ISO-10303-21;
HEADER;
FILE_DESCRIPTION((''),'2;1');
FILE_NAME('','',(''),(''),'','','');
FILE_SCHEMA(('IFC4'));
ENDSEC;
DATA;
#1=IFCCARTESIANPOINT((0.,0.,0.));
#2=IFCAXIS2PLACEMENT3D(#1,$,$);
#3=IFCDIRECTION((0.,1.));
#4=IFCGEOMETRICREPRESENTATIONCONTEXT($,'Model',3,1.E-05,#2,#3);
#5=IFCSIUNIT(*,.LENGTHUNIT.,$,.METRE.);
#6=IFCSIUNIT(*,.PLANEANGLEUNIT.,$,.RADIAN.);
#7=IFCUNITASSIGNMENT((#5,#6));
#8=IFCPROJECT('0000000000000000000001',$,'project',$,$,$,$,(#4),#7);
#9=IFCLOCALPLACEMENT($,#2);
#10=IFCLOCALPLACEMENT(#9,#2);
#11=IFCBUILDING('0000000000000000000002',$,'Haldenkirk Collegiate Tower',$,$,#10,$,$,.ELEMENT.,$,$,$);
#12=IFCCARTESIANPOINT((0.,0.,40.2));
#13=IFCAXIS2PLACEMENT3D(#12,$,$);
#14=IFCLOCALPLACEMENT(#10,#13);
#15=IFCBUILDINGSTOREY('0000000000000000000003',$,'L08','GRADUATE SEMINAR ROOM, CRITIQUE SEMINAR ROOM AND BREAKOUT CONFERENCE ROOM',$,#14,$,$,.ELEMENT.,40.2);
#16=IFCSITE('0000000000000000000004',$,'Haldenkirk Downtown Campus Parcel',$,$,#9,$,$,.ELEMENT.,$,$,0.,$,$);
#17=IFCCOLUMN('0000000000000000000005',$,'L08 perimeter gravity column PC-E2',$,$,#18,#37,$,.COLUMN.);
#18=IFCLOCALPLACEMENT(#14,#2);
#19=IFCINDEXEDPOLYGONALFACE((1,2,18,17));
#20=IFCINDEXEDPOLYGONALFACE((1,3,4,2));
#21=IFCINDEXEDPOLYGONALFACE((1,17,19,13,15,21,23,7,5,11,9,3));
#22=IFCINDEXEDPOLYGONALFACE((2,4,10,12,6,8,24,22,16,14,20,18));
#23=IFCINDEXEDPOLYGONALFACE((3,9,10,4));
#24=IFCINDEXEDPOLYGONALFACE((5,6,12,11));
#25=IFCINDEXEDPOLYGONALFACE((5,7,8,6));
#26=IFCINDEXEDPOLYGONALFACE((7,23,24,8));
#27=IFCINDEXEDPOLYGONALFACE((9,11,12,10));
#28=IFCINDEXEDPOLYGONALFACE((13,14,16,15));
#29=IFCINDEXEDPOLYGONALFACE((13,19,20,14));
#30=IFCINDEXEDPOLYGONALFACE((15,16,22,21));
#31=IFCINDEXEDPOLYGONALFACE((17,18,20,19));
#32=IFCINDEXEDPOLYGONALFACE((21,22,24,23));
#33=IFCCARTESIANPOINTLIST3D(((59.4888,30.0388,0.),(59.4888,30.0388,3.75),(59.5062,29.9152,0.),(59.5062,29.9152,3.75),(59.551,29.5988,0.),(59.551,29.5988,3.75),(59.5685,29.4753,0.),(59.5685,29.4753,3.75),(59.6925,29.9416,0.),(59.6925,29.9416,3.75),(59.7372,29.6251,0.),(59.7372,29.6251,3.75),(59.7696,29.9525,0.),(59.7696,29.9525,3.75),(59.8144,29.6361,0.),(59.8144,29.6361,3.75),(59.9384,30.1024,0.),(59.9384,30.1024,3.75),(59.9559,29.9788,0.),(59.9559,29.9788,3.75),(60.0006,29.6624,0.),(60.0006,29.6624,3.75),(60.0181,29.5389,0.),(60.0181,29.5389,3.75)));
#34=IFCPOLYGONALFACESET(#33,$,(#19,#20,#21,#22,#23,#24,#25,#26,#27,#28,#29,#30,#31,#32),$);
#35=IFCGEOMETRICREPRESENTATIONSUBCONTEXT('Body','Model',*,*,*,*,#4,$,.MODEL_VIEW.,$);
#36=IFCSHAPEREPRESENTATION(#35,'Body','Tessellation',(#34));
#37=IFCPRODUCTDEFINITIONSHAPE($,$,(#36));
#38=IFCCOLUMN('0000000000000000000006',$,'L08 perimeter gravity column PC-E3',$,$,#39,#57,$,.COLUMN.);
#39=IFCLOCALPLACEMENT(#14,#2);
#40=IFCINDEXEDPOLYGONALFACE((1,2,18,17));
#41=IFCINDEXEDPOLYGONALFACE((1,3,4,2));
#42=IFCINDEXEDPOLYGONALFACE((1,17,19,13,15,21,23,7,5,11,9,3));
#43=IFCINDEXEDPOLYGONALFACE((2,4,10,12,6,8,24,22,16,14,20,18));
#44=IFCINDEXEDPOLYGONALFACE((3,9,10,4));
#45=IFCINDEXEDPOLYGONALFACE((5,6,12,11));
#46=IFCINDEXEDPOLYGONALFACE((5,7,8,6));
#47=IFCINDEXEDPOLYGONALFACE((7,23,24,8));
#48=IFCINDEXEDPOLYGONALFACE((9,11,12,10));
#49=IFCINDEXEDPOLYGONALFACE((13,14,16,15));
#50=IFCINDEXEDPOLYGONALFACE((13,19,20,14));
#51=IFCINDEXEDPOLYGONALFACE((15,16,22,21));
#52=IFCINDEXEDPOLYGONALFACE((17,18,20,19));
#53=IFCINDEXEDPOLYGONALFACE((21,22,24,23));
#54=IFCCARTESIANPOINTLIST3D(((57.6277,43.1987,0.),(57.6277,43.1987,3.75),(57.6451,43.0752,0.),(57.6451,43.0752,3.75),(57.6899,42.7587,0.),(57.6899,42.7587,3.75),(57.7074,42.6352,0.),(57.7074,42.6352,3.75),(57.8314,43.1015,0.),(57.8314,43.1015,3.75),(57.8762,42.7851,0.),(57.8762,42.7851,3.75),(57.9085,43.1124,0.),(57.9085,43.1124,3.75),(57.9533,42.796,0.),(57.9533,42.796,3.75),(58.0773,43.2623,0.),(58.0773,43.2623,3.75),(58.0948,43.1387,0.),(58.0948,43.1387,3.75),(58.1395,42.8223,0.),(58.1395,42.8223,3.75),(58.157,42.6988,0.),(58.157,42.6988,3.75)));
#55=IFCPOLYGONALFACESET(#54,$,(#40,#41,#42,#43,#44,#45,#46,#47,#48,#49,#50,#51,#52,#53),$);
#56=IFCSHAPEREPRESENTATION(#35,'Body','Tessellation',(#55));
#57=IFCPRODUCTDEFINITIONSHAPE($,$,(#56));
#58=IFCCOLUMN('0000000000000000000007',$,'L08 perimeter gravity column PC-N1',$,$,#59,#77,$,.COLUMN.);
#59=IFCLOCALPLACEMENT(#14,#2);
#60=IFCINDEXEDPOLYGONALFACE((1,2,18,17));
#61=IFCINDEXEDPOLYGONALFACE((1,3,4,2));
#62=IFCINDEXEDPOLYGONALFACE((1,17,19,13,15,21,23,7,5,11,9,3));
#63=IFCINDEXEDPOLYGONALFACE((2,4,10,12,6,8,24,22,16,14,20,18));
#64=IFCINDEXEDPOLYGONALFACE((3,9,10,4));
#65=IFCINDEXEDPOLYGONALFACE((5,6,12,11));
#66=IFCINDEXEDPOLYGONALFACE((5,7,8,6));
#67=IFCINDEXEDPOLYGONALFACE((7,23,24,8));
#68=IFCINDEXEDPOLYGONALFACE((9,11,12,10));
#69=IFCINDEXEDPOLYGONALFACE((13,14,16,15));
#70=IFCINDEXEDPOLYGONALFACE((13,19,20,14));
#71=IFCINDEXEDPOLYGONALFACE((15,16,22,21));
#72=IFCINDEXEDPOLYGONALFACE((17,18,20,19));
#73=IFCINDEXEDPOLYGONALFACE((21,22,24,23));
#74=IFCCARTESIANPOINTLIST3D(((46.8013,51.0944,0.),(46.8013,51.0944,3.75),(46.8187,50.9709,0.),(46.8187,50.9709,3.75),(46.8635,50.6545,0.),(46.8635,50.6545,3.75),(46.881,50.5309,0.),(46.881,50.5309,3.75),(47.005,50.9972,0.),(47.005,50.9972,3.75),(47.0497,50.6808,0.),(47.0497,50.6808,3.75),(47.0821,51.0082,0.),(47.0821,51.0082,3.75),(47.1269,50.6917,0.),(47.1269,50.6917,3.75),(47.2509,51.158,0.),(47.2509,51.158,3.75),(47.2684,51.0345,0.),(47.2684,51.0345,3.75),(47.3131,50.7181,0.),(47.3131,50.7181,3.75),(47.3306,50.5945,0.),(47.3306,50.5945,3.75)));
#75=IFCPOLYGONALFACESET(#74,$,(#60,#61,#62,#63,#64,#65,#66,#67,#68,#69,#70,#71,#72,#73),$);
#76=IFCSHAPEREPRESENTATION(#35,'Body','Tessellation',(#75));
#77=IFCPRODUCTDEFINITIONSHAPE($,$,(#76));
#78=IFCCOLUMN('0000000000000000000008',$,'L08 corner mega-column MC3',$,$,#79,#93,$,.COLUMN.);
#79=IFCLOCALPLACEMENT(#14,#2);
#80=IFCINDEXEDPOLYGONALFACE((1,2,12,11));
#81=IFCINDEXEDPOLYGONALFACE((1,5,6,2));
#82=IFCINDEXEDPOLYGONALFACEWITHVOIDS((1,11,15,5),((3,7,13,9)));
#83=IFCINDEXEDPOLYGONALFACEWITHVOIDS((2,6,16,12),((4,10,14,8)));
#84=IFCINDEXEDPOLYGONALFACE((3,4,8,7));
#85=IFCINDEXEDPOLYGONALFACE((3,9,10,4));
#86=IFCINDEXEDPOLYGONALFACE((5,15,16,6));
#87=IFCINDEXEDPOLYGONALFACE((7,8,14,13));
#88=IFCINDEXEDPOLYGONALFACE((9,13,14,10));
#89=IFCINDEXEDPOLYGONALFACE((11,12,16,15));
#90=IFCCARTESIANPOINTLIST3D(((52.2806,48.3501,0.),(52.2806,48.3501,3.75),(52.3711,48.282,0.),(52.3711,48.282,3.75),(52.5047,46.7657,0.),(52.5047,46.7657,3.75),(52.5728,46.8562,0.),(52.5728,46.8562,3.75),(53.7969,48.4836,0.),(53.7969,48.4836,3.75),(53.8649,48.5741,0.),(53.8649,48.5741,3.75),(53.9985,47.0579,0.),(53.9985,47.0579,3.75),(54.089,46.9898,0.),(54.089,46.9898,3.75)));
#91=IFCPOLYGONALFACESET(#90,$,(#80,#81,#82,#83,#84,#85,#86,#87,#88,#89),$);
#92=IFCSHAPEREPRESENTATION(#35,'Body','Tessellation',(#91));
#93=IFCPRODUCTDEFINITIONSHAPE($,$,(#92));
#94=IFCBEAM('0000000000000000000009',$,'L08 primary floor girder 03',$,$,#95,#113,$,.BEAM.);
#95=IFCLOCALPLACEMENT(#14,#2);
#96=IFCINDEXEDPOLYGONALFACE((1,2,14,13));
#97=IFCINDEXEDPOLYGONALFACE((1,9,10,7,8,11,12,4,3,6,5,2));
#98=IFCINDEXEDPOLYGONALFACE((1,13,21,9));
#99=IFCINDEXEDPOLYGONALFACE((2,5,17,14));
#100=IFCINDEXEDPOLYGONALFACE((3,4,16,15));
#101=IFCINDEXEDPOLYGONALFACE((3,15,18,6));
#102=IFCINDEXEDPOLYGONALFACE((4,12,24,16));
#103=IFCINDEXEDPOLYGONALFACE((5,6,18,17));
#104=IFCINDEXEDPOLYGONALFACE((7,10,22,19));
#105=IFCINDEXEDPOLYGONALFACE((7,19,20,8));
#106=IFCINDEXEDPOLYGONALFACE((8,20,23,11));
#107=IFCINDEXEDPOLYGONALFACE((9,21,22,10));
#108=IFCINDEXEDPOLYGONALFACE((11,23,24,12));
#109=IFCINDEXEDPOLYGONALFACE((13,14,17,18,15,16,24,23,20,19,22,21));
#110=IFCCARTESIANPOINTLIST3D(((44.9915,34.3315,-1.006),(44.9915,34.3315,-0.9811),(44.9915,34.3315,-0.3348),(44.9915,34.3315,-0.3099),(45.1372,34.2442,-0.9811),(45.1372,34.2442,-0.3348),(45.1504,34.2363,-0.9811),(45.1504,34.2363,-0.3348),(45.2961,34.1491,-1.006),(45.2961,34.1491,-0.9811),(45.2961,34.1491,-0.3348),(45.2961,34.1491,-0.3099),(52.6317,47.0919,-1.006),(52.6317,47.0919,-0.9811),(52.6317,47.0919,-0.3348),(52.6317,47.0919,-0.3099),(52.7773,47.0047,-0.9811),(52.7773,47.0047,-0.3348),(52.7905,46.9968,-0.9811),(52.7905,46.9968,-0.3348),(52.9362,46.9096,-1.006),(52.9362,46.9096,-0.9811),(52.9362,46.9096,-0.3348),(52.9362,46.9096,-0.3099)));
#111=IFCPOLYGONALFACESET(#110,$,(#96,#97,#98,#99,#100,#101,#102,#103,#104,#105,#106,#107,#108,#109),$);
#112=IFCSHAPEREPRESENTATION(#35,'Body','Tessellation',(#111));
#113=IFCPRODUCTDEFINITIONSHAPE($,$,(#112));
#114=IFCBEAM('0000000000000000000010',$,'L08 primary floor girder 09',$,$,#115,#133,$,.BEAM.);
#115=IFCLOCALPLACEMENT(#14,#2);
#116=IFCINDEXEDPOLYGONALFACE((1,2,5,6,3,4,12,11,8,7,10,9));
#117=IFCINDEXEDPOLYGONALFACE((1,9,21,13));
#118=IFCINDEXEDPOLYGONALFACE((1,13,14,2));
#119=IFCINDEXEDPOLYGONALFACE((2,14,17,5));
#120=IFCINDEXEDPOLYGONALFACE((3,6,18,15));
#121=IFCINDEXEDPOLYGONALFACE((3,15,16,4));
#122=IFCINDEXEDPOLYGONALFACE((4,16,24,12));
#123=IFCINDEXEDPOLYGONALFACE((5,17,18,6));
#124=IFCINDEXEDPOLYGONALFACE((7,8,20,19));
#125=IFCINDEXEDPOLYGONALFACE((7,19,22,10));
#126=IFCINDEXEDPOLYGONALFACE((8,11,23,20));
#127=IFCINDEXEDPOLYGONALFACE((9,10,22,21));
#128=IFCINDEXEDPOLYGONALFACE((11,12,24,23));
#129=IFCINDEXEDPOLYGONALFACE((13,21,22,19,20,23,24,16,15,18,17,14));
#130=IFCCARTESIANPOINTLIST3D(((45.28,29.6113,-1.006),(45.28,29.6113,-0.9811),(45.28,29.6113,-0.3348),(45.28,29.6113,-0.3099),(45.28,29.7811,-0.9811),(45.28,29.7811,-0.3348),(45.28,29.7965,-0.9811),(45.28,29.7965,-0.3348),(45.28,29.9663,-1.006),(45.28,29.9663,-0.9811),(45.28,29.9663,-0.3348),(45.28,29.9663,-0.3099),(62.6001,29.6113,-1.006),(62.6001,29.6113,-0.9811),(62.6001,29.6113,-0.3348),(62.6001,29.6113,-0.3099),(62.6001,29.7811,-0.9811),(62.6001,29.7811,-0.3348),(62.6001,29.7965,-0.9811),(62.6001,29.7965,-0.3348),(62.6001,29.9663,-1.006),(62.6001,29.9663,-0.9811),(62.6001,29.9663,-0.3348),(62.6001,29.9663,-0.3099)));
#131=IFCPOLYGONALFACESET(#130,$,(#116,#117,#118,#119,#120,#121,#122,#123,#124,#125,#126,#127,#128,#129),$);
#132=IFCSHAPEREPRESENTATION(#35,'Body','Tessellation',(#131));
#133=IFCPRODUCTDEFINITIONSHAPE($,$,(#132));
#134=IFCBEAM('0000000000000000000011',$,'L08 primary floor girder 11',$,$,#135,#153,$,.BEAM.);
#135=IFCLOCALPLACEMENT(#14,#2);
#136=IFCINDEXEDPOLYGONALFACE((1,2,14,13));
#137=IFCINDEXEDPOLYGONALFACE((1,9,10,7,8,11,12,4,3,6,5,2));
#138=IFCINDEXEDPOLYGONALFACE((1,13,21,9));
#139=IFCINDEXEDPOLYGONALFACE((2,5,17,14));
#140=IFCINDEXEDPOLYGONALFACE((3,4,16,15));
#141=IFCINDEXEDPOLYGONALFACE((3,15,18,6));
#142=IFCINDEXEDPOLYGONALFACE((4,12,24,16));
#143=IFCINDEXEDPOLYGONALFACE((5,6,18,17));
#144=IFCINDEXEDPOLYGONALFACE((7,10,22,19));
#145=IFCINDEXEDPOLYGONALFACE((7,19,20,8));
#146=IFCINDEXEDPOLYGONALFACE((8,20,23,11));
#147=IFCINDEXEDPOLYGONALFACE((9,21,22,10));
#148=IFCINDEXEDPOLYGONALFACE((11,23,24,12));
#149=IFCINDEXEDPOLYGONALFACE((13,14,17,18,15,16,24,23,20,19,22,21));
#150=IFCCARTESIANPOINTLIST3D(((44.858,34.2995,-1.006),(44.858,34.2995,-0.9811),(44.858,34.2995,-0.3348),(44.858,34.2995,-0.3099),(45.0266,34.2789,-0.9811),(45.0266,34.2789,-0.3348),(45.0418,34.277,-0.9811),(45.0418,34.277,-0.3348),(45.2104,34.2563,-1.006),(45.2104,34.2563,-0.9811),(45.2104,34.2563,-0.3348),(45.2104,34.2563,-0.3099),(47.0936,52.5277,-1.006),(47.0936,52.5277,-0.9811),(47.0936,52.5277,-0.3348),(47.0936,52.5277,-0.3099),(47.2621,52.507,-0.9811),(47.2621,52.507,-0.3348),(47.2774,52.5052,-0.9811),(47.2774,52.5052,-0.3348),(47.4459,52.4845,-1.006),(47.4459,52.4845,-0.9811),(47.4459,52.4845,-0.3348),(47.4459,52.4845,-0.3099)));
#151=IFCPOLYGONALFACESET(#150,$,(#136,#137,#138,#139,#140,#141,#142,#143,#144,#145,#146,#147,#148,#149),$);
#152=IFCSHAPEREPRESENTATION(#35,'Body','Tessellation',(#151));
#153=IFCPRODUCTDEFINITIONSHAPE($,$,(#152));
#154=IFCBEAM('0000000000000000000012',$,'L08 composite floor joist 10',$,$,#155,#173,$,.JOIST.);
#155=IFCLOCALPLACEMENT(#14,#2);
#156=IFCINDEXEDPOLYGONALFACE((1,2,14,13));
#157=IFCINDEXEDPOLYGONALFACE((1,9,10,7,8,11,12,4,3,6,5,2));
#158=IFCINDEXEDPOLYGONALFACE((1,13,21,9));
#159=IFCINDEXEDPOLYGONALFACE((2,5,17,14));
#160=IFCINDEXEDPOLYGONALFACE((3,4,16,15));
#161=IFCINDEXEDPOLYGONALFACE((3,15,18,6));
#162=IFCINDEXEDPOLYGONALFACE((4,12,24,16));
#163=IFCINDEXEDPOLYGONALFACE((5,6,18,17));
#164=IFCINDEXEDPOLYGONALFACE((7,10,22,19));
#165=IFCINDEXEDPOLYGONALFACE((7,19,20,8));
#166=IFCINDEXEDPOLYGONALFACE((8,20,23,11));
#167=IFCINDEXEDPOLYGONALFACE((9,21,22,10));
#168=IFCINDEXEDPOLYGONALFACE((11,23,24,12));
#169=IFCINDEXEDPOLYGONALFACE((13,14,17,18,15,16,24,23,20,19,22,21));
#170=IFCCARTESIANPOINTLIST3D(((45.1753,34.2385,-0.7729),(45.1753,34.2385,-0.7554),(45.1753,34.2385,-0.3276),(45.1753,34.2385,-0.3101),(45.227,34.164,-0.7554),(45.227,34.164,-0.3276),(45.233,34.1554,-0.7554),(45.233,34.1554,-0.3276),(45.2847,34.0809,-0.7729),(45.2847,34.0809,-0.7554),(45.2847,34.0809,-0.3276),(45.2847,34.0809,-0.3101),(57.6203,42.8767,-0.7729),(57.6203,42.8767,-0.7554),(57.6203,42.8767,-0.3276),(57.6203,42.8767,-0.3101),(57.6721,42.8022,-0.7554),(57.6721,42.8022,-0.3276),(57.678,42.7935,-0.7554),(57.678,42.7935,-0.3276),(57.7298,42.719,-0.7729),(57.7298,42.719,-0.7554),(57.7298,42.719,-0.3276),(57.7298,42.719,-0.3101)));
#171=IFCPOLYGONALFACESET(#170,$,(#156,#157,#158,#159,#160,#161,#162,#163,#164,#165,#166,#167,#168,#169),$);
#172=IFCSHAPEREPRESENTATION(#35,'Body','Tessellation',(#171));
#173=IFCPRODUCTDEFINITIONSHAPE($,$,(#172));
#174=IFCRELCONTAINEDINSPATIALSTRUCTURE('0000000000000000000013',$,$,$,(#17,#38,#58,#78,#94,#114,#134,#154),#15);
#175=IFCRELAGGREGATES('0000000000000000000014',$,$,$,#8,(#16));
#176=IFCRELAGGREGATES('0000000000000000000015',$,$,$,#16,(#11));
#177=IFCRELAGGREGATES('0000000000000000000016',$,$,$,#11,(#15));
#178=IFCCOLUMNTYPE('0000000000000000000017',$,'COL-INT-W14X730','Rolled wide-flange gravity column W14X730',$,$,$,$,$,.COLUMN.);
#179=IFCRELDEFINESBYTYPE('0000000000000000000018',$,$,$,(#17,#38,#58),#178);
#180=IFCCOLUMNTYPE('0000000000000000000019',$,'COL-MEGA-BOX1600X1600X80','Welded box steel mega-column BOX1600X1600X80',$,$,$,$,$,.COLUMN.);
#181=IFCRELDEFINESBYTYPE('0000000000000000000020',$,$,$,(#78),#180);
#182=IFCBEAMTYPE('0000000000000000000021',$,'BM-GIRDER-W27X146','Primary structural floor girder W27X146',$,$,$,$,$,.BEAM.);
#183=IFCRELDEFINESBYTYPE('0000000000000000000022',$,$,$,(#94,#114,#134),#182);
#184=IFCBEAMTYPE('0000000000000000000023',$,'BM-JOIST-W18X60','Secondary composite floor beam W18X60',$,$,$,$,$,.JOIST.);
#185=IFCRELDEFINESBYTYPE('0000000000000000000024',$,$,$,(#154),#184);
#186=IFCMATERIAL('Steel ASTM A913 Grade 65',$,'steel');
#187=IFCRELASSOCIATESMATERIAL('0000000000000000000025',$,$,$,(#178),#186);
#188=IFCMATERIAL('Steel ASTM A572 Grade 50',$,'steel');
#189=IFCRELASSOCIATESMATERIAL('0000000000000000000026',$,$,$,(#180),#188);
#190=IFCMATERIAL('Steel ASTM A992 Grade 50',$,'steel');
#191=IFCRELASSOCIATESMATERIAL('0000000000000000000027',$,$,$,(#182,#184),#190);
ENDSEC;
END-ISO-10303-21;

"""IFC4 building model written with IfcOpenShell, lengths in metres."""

from ifc_helpers import new_model, si_unit, direction, frame, origin, origin_2d, place, context, subcontext, project, spatial, hollow_rectangle, i_section, extrude, material, material_profile, profile_set, type_object, element, save


model = new_model("IFC4")

# Units and contexts
model_context = context("Model", 3, precision=1e-05, world=origin(), true_north=direction((0.0, 1.0)))
body_context = subcontext(model_context, "Body", "Model", "MODEL_VIEW")
ifc_project = project(units=[si_unit("LENGTHUNIT", "METRE"), si_unit("PLANEANGLEUNIT", "RADIAN")], contexts=[model_context])

# Site, building, storey
site_placement = place(None, origin())
site = spatial("IfcSite", under=ifc_project, at=site_placement, Name="Haldenkirk Downtown Campus Parcel", CompositionType="ELEMENT", RefElevation=0.0)
building_placement = place(site_placement, origin())
building = spatial("IfcBuilding", under=site, at=building_placement, Name="Haldenkirk Collegiate Tower", CompositionType="ELEMENT")
storey_placement = place(building_placement, frame((0.0, 0.0, 40.2)))
storey = spatial("IfcBuildingStorey", under=building, at=storey_placement, Name="L08", Description="GRADUATE SEMINAR ROOM, CRITIQUE SEMINAR ROOM AND BREAKOUT CONFERENCE ROOM", CompositionType="ELEMENT", Elevation=40.2)

# Columns
ifc_material_1 = material(Name="Steel ASTM A913 Grade 65", Category="steel")
ifc_material_profile_1 = material_profile(ifc_material_1, i_section(OverallWidth=0.4541, OverallDepth=0.5691, WebThickness=0.0779, FlangeThickness=0.1248, at=origin_2d()), Name="W14X730")
ifc_profile_set_1 = profile_set([ifc_material_profile_1], Name="Steel ASTM A913 Grade 65")
column_type_1 = type_object("IfcColumnType", Name="COL-INT-W14X730", Description="Rolled wide-flange gravity column W14X730", PredefinedType="COLUMN", material=ifc_profile_set_1)
for number, where, z_axis, x_axis, name in (
    (1, (59.7534, 29.7888, 0.0), (0.0, 0.0, 1.0), (0.990146, 0.140037, 0.0), "L08 perimeter gravity column PC-E2"),
    (2, (57.8923, 42.9487, 0.0), (0.0, 0.0, 1.0), (0.990146, 0.140037, 0.0), "L08 perimeter gravity column PC-E3"),
    (3, (47.0659, 50.8445, 0.0), (0.0, 0.0, 1.0), (0.990146, 0.140037, 0.0), "L08 perimeter gravity column PC-N1"),
):
    element("IfcColumn", number, at=place(storey_placement, frame(where, z_axis=z_axis, x_axis=x_axis)), inside=storey, type_object=column_type_1, Name=name, PredefinedType="COLUMN", context=body_context, shape_type="SweptSolid", body=[
        extrude(i_section(OverallWidth=0.4541, OverallDepth=0.5691, WebThickness=0.0779, FlangeThickness=0.1248, at=origin_2d()), origin(), (0.0, 0.0, 1.0), 3.75),
    ])
ifc_material_2 = material(Name="Steel ASTM A572 Grade 50", Category="steel")
ifc_material_profile_2 = material_profile(ifc_material_2, hollow_rectangle(XDim=1.6001, YDim=1.6001, WallThickness=0.0801, at=origin_2d()), Name="BOX1600X1600X80")
ifc_profile_set_2 = profile_set([ifc_material_profile_2], Name="Steel ASTM A572 Grade 50")
column_type_2 = type_object("IfcColumnType", Name="COL-MEGA-BOX1600X1600X80", Description="Welded box steel mega-column BOX1600X1600X80", PredefinedType="COLUMN", material=ifc_profile_set_2)
column_placement = place(storey_placement, frame((53.1848, 47.6699, 0.0), z_axis=(0.0, 0.0, 1.0), x_axis=(0.990146, 0.140037, 0.0)))
element("IfcColumn", 4, at=column_placement, inside=storey, type_object=column_type_2, Name="L08 corner mega-column MC3", PredefinedType="COLUMN", context=body_context, shape_type="SweptSolid", body=[
    extrude(hollow_rectangle(XDim=1.6001, YDim=1.6001, WallThickness=0.0801, at=origin_2d()), origin(), (0.0, 0.0, 1.0), 3.75),
])

# Beams
ifc_material_3 = material(Name="Steel ASTM A992 Grade 50", Category="steel")
ifc_material_profile_3 = material_profile(ifc_material_3, i_section(OverallWidth=0.355, OverallDepth=0.696, WebThickness=0.0154, FlangeThickness=0.0249, at=origin_2d()), Name="W27X146")
ifc_profile_set_3 = profile_set([ifc_material_profile_3], Name="Steel ASTM A992 Grade 50")
beam_type_1 = type_object("IfcBeamType", Name="BM-GIRDER-W27X146", Description="Primary structural floor girder W27X146", PredefinedType="BEAM", material=ifc_profile_set_3)
beam_1_placement = place(storey_placement, frame((52.7839, 47.0007, -0.658), z_axis=(-0.513696, -0.857972, 0.0), x_axis=(0.857972, -0.513696, 0.0)))
element("IfcBeam", 5, at=beam_1_placement, inside=storey, type_object=beam_type_1, Name="L08 primary floor girder 03", PredefinedType="BEAM", context=body_context, shape_type="SweptSolid", body=[
    extrude(i_section(OverallWidth=0.355, OverallDepth=0.696, WebThickness=0.0154, FlangeThickness=0.0249, at=origin_2d()), origin(), (0.0, 0.0, 1.0), 14.8728),
])
beam_2_placement = place(storey_placement, frame((62.6001, 29.7888, -0.658), z_axis=(-1.0, 0.0, 0.0), x_axis=(0.0, -1.0, 0.0)))
element("IfcBeam", 6, at=beam_2_placement, inside=storey, type_object=beam_type_1, Name="L08 primary floor girder 09", PredefinedType="BEAM", context=body_context, shape_type="SweptSolid", body=[
    extrude(i_section(OverallWidth=0.355, OverallDepth=0.696, WebThickness=0.0154, FlangeThickness=0.0249, at=origin_2d()), origin(), (0.0, 0.0, 1.0), 17.3201),
])
beam_3_placement = place(storey_placement, frame((47.2698, 52.5061, -0.658), z_axis=(-0.121732, -0.992563, 0.0), x_axis=(0.992563, -0.121732, 0.0)))
element("IfcBeam", 7, at=beam_3_placement, inside=storey, type_object=beam_type_1, Name="L08 primary floor girder 11", PredefinedType="BEAM", context=body_context, shape_type="SweptSolid", body=[
    extrude(i_section(OverallWidth=0.355, OverallDepth=0.696, WebThickness=0.0154, FlangeThickness=0.0249, at=origin_2d()), origin(), (0.0, 0.0, 1.0), 18.3647),
])
ifc_material_profile_4 = material_profile(ifc_material_3, i_section(OverallWidth=0.1919, OverallDepth=0.4629, WebThickness=0.0105, FlangeThickness=0.0176, at=origin_2d()), Name="W18X60")
ifc_profile_set_4 = profile_set([ifc_material_profile_4], Name="Steel ASTM A992 Grade 50")
beam_type_2 = type_object("IfcBeamType", Name="BM-JOIST-W18X60", Description="Secondary composite floor beam W18X60", PredefinedType="JOIST", material=ifc_profile_set_4)
beam_4_placement = place(storey_placement, frame((57.675, 42.7979, -0.5415), z_axis=(-0.821501, -0.570208, 0.0), x_axis=(0.570208, -0.821501, 0.0)))
element("IfcBeam", 8, at=beam_4_placement, inside=storey, type_object=beam_type_2, Name="L08 composite floor joist 10", PredefinedType="JOIST", context=body_context, shape_type="SweptSolid", body=[
    extrude(i_section(OverallWidth=0.1919, OverallDepth=0.4629, WebThickness=0.0105, FlangeThickness=0.0176, at=origin_2d()), origin(), (0.0, 0.0, 1.0), 15.1492),
])

save(model, "model.ifc")
